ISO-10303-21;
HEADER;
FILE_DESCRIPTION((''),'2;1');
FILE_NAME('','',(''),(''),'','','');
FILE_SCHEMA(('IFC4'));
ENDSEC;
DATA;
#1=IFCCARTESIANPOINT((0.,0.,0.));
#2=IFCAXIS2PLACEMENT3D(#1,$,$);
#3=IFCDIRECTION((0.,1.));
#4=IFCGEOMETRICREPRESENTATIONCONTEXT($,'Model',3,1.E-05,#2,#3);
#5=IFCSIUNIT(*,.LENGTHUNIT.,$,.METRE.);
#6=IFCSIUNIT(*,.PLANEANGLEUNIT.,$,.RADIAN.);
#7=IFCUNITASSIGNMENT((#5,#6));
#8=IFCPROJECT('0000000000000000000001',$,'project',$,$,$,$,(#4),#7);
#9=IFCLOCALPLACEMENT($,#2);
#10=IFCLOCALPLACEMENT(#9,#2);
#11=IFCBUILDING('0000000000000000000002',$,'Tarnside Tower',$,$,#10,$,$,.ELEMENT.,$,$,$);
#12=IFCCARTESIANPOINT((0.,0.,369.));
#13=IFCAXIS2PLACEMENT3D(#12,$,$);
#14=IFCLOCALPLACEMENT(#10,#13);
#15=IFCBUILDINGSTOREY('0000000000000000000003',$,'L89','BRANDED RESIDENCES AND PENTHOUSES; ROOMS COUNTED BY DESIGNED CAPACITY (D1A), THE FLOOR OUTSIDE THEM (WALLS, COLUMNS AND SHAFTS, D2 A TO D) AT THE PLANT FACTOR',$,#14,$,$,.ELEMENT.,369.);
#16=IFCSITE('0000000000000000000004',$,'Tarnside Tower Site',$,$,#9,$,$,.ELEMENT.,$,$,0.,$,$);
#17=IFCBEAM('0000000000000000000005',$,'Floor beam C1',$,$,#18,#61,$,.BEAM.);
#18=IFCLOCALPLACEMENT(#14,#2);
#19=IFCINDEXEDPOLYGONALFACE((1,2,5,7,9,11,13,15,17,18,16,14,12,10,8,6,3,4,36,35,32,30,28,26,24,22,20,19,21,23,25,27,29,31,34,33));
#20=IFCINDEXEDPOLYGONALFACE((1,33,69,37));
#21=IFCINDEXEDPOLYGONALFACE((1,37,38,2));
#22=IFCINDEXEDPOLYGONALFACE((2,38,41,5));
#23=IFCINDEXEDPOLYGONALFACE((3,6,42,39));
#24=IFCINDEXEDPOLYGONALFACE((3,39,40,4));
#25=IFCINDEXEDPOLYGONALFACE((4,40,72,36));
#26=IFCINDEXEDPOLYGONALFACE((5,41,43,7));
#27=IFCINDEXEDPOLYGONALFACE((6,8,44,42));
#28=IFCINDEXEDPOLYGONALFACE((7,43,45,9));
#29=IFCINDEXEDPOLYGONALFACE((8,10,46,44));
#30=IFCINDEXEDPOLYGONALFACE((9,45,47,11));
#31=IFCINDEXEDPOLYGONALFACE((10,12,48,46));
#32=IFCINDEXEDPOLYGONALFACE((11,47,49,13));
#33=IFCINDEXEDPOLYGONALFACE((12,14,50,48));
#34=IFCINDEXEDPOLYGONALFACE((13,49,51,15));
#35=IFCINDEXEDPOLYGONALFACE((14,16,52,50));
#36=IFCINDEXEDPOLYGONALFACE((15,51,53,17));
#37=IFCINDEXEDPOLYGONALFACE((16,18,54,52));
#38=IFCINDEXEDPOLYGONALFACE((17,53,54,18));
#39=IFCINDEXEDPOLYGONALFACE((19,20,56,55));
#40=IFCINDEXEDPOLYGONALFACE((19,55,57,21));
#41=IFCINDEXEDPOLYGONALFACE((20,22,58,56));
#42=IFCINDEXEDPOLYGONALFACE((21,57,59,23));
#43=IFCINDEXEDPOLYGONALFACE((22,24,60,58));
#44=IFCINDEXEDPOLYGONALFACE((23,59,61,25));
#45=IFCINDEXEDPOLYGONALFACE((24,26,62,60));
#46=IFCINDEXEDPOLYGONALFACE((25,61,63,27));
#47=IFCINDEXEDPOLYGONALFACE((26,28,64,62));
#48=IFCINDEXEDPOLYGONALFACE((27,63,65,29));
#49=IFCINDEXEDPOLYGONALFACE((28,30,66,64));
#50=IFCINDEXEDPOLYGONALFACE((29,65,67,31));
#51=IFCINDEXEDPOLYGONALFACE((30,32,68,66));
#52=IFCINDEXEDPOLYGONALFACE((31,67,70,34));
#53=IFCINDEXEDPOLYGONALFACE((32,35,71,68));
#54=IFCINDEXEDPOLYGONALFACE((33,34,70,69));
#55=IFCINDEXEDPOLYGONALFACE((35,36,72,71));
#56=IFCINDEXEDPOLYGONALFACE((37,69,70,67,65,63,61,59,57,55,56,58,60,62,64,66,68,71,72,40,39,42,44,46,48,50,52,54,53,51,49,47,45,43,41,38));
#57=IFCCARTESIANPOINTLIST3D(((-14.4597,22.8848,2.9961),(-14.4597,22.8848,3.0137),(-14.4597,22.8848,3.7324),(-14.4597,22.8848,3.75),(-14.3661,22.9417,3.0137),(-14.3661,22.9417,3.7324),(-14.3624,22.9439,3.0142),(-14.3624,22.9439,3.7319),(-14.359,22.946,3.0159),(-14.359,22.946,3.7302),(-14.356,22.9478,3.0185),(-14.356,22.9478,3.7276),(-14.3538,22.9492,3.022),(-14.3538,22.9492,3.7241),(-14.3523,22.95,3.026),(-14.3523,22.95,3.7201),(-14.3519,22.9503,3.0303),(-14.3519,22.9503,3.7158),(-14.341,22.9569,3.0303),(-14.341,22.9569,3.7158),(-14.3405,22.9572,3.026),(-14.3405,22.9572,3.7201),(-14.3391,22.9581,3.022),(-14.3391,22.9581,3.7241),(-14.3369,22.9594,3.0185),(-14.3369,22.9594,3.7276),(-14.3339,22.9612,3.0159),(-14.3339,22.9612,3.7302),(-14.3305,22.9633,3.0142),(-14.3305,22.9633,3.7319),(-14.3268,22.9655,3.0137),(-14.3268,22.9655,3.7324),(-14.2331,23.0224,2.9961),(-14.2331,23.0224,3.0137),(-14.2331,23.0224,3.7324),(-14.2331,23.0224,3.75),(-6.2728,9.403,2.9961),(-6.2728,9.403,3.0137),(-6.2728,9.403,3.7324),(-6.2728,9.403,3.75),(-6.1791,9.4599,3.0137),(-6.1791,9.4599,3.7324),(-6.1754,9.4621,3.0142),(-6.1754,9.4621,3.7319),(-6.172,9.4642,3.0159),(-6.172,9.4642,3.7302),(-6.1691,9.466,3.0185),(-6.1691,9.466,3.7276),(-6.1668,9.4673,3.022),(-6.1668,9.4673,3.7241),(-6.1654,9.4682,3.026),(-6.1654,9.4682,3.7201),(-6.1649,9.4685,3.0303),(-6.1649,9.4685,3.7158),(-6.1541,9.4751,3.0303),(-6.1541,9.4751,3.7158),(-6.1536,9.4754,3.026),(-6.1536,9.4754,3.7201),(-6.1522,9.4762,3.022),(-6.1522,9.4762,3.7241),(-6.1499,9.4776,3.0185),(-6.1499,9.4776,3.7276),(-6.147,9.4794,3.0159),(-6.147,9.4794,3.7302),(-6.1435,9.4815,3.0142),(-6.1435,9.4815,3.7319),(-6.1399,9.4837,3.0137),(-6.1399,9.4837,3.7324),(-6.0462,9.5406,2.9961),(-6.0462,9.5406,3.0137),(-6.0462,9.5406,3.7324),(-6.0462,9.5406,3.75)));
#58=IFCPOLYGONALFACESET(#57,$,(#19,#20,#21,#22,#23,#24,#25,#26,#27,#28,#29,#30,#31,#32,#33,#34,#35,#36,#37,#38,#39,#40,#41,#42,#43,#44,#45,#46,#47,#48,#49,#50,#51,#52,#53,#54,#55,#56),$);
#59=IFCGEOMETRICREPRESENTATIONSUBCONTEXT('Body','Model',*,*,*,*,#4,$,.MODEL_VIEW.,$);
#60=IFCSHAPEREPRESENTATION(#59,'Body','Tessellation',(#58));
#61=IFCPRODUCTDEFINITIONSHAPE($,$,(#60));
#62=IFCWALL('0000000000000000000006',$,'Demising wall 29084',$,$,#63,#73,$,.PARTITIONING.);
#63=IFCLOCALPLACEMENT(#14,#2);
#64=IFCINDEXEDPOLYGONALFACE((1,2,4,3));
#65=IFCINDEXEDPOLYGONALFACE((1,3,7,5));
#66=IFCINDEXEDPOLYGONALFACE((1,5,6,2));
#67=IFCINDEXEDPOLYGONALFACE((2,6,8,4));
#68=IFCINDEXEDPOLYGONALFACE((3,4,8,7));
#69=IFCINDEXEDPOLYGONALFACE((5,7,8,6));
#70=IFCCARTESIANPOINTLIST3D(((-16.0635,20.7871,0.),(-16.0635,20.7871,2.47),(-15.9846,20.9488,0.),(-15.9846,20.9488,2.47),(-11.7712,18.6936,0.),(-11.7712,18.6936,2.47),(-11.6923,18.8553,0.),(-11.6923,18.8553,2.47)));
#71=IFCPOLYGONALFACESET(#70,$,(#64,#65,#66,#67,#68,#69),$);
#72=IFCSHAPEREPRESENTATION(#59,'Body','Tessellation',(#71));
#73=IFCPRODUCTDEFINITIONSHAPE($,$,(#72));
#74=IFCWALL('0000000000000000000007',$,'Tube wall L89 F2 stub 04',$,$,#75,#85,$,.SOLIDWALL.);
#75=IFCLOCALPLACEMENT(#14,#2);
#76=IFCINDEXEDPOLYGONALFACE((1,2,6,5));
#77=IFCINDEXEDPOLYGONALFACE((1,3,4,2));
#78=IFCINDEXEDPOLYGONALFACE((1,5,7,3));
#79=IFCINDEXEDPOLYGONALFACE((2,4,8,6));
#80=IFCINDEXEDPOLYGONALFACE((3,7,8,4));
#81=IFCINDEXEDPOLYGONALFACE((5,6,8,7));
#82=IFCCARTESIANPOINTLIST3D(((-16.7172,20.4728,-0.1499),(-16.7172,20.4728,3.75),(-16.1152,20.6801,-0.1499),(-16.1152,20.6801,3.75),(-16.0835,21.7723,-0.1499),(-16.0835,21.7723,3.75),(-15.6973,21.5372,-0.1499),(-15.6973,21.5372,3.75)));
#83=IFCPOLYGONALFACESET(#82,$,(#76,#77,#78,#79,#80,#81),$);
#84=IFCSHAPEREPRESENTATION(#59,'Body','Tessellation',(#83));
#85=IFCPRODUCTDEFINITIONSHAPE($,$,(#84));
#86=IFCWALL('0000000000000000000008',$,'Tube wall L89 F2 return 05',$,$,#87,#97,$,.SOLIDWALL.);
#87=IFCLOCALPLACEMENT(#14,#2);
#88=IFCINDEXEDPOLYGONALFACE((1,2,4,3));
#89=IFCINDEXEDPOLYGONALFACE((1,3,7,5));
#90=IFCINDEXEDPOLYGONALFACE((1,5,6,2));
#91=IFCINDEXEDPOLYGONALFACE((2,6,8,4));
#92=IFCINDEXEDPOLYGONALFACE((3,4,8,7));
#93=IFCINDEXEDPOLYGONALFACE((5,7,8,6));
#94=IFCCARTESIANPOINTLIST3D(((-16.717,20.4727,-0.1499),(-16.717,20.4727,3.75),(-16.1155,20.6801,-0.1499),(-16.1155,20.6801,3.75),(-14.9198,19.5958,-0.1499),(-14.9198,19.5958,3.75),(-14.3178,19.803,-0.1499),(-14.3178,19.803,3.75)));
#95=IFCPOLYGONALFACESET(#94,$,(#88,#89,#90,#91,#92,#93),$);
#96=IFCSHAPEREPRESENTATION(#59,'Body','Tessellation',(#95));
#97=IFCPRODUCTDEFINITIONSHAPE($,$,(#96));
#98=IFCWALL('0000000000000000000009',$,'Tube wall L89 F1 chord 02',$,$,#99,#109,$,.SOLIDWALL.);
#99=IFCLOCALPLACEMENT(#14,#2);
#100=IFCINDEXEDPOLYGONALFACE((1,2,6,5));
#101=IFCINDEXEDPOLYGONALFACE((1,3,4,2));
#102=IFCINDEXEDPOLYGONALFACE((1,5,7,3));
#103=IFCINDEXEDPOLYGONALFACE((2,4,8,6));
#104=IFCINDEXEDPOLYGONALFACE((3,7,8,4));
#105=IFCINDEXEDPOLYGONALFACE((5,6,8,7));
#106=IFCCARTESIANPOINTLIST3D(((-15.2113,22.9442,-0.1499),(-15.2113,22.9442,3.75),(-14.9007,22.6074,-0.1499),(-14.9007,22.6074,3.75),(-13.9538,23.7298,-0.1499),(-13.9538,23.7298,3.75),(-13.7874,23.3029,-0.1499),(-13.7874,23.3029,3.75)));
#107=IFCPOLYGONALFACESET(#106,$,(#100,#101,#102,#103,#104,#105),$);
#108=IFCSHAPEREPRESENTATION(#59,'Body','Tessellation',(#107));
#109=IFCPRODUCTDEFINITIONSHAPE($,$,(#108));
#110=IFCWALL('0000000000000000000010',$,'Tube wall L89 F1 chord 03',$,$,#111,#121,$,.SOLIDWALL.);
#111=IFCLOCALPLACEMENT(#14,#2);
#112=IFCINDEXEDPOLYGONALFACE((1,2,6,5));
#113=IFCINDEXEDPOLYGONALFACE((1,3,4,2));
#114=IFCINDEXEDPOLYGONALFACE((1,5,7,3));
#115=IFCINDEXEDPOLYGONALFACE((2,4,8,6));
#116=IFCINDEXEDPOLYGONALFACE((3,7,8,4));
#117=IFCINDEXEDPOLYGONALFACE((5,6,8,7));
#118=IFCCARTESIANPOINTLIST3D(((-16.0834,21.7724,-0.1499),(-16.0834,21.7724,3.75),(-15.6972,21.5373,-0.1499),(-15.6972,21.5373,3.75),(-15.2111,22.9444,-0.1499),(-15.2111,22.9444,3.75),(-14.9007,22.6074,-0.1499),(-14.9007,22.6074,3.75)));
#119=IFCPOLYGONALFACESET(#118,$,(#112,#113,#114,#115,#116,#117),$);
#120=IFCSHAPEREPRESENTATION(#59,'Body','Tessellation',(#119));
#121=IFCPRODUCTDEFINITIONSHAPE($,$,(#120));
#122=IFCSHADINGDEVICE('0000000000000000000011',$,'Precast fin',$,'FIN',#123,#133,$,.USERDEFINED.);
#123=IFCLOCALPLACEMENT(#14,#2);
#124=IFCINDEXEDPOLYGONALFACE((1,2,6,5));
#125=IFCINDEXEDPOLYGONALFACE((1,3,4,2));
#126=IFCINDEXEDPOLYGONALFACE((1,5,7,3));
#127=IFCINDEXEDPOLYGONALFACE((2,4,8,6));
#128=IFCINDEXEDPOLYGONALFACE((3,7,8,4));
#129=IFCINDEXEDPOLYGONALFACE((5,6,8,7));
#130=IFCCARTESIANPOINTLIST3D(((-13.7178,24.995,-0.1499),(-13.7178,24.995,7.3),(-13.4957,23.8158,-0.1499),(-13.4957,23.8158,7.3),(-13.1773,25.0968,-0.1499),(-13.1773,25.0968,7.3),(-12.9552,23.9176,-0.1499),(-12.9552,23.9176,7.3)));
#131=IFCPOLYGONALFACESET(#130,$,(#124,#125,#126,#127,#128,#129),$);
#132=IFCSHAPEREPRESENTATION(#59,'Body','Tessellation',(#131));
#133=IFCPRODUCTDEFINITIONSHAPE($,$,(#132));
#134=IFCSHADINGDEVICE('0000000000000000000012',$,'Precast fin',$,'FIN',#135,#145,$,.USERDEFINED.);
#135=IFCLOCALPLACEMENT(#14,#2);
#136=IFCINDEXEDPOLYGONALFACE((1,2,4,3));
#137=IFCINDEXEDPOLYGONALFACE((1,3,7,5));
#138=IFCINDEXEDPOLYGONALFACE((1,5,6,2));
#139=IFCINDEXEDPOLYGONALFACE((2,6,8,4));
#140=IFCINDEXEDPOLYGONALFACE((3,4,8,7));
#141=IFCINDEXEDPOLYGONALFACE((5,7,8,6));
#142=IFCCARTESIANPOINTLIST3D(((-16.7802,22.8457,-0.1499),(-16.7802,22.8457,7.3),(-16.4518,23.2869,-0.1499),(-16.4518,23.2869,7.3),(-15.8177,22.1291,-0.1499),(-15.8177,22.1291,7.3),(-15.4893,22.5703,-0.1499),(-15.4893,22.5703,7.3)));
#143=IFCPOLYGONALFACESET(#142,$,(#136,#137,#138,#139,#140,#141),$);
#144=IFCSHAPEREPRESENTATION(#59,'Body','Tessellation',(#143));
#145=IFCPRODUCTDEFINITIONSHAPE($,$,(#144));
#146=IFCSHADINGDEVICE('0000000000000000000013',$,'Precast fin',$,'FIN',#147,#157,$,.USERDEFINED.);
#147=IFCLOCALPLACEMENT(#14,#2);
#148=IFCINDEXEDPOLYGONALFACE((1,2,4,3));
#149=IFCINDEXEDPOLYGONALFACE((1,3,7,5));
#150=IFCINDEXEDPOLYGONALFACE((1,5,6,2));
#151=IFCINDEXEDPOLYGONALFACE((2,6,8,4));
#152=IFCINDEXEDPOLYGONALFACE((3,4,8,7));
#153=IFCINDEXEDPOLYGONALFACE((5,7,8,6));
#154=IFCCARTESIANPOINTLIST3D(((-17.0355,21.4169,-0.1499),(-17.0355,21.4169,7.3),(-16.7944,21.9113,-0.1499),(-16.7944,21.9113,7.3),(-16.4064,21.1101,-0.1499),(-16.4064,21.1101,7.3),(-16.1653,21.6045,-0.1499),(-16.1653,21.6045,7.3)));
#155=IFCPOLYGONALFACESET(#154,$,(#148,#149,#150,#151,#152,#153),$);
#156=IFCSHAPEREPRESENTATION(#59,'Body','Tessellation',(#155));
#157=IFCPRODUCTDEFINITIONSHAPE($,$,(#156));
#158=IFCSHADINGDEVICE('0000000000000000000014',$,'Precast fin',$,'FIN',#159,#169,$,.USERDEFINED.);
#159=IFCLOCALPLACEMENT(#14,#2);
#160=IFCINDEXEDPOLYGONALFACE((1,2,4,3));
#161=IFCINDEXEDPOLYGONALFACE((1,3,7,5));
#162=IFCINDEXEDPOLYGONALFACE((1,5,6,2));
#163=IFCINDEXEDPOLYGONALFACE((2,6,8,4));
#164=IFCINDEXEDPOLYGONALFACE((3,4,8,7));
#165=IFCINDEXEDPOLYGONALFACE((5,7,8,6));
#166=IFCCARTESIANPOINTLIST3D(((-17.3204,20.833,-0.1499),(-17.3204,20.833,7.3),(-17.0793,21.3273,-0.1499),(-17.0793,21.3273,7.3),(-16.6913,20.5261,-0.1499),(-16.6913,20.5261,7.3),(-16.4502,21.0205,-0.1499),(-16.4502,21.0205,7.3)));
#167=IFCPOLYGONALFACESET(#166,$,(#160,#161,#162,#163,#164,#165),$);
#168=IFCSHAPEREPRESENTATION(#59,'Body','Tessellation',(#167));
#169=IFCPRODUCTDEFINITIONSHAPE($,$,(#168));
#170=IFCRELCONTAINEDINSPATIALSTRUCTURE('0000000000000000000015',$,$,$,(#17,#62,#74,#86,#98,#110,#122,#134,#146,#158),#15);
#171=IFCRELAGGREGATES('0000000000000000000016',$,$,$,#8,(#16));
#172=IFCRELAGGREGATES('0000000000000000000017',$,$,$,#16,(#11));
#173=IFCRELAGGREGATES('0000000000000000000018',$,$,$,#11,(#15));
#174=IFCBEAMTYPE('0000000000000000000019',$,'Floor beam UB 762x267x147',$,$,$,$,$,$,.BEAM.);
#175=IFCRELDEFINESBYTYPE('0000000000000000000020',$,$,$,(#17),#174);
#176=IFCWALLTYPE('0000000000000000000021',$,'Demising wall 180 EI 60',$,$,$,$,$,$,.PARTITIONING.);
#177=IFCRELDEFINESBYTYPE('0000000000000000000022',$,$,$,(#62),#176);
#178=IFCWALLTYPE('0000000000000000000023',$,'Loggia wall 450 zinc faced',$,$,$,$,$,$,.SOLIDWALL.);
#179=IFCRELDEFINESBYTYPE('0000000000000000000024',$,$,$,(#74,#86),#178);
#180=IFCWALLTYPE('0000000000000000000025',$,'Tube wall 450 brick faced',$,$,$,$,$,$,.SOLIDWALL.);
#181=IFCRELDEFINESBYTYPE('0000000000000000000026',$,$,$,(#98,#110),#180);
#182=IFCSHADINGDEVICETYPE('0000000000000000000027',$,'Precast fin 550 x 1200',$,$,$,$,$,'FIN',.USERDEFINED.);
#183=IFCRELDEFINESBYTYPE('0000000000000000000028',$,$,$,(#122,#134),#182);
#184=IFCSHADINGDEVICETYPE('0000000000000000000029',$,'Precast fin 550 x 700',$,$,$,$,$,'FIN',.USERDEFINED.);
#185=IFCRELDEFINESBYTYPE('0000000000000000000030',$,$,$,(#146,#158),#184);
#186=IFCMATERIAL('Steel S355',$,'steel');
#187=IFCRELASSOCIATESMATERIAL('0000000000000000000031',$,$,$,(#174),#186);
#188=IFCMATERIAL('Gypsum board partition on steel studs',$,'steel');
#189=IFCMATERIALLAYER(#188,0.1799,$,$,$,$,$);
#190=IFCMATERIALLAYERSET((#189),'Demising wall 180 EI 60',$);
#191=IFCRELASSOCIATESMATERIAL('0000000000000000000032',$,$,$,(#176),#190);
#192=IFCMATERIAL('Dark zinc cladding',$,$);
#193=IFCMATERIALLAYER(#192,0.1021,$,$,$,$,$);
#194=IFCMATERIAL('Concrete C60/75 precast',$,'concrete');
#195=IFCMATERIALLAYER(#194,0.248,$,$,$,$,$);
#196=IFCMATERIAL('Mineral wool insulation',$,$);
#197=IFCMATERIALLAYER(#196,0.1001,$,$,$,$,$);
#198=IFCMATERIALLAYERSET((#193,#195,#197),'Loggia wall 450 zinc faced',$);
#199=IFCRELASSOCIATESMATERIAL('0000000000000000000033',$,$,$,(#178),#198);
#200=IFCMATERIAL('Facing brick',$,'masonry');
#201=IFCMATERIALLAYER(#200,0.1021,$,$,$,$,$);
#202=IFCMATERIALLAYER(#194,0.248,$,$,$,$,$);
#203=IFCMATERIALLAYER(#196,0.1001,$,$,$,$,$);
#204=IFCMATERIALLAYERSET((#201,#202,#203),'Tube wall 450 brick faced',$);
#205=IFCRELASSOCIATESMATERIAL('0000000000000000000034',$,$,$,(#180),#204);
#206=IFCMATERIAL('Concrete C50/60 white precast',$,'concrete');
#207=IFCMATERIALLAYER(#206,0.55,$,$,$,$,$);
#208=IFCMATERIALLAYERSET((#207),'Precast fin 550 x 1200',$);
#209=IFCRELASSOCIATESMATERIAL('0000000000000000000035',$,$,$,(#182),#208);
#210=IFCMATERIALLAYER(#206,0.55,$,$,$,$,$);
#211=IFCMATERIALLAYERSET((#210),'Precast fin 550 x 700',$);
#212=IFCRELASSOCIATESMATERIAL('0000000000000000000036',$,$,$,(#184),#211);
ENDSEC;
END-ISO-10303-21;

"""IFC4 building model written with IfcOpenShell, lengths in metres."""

from ifc_helpers import new_model, si_unit, direction, frame, frame_2d, origin, origin_2d, place, context, subcontext, project, spatial, polyline, rectangle, i_section, outline, extrude, material, layer, layer_set, material_profile, profile_set, type_object, element, save


model = new_model("IFC4")

# Units and contexts
model_context = context("Model", 3, precision=1e-05, world=origin(), true_north=direction((0.0, 1.0)))
body_context = subcontext(model_context, "Body", "Model", "MODEL_VIEW")
ifc_project = project(units=[si_unit("LENGTHUNIT", "METRE"), si_unit("PLANEANGLEUNIT", "RADIAN")], contexts=[model_context])

# Site, building, storey
site_placement = place(None, origin())
site = spatial("IfcSite", under=ifc_project, at=site_placement, Name="Tarnside Tower Site", CompositionType="ELEMENT", RefElevation=0.0)
building_placement = place(site_placement, origin())
building = spatial("IfcBuilding", under=site, at=building_placement, Name="Tarnside Tower", CompositionType="ELEMENT")
storey_placement = place(building_placement, frame((0.0, 0.0, 369.0)))
storey = spatial("IfcBuildingStorey", under=building, at=storey_placement, Name="L89", Description="BRANDED RESIDENCES AND PENTHOUSES; ROOMS COUNTED BY DESIGNED CAPACITY (D1A), THE FLOOR OUTSIDE THEM (WALLS, COLUMNS AND SHAFTS, D2 A TO D) AT THE PLANT FACTOR", CompositionType="ELEMENT", Elevation=369.0)

# Beam
ifc_material_1 = material(Name="Steel S355", Category="steel")
ifc_material_profile = material_profile(ifc_material_1, i_section(OverallWidth=0.2651, OverallDepth=0.7539, WebThickness=0.0127, FlangeThickness=0.0176, FilletRadius=0.0166, at=origin_2d()), Name="UB 762x267x147")
ifc_profile_set = profile_set([ifc_material_profile], Name="Steel S355")
beam_type = type_object("IfcBeamType", Name="Floor beam UB 762x267x147", PredefinedType="BEAM", material=ifc_profile_set)
beam_placement = place(storey_placement, frame((-14.3464, 22.9536, 3.373), z_axis=(0.51905, -0.854744, 0.0), x_axis=(0.854744, 0.51905, 0.0)))
element("IfcBeam", 1, at=beam_placement, inside=storey, type_object=beam_type, Name="Floor beam C1", PredefinedType="BEAM", context=body_context, shape_type="SweptSolid", body=[
    extrude(i_section(OverallWidth=0.2651, OverallDepth=0.7539, WebThickness=0.0127, FlangeThickness=0.0176, FilletRadius=0.0166, at=origin_2d()), origin(), (0.0, 0.0, 1.0), 15.7729),
])

# Walls
ifc_material_2 = material(Name="Gypsum board partition on steel studs", Category="steel")
ifc_layer_1 = layer(ifc_material_2, 0.1799)
ifc_layer_set_1 = layer_set([ifc_layer_1], Name="Demising wall 180 EI 60")
wall_type_1 = type_object("IfcWallType", Name="Demising wall 180 EI 60", PredefinedType="PARTITIONING", material=ifc_layer_set_1)
wall_1_placement = place(storey_placement, frame((-16.0239, 20.8679, 0.0), z_axis=(0.0, 0.0, 1.0), x_axis=(0.898791, -0.438378, 0.0)))
element("IfcWall", 2, at=wall_1_placement, inside=storey, type_object=wall_type_1, Name="Demising wall 29084", PredefinedType="PARTITIONING", context=body_context, shape_type="SweptSolid", body=[
    extrude(rectangle(XDim=4.7756, YDim=0.1799, at=frame_2d((2.3877, 0.0))), origin(), (0.0, 0.0, 1.0), 2.47),
])
ifc_material_3 = material(Name="Dark zinc cladding")
ifc_layer_2 = layer(ifc_material_3, 0.1021)
ifc_material_4 = material(Name="Concrete C60/75 precast", Category="concrete")
ifc_layer_3 = layer(ifc_material_4, 0.248)
ifc_material_5 = material(Name="Mineral wool insulation")
ifc_layer_4 = layer(ifc_material_5, 0.1001)
ifc_layer_set_2 = layer_set([ifc_layer_2, ifc_layer_3, ifc_layer_4], Name="Loggia wall 450 zinc faced")
wall_type_2 = type_object("IfcWallType", Name="Loggia wall 450 zinc faced", PredefinedType="SOLIDWALL", material=ifc_layer_set_2)
wall_2_placement = place(storey_placement, frame((-15.8904, 21.6548, -0.1499), z_axis=(0.0, 0.0, 1.0), x_axis=(-0.438319, -0.898819, 0.0)))
element("IfcWall", 3, at=wall_2_placement, inside=storey, type_object=wall_type_2, Name="Tube wall L89 F2 stub 04", PredefinedType="SOLIDWALL", context=body_context, shape_type="SweptSolid", body=[
    extrude(outline(polyline([(-0.021, -0.2251), (1.4248, -0.2251), (0.9746, 0.2251), (0.021, 0.2251), (-0.021, -0.2251)])), origin(), (0.0, 0.0, 1.0), 3.8999),
])
wall_3_placement = place(storey_placement, frame((-16.4163, 20.5764, -0.1499), z_axis=(0.0, 0.0, 1.0), x_axis=(0.898731, -0.438501, 0.0)))
element("IfcWall", 4, at=wall_3_placement, inside=storey, type_object=wall_type_2, Name="Tube wall L89 F2 return 05", PredefinedType="SOLIDWALL", context=body_context, shape_type="SweptSolid", body=[
    extrude(outline(polyline([(-0.2249, -0.2251), (1.7749, -0.2251), (2.2251, 0.2251), (0.2249, 0.2251), (-0.2249, -0.2251)])), origin(), (0.0, 0.0, 1.0), 3.8999),
])

# Walls
ifc_material_6 = material(Name="Facing brick", Category="masonry")
ifc_layer_5 = layer(ifc_material_6, 0.1021)
ifc_layer_6 = layer(ifc_material_4, 0.248)
ifc_layer_7 = layer(ifc_material_5, 0.1001)
ifc_layer_set_3 = layer_set([ifc_layer_5, ifc_layer_6, ifc_layer_7], Name="Tube wall 450 brick faced")
wall_type_3 = type_object("IfcWallType", Name="Tube wall 450 brick faced", PredefinedType="SOLIDWALL", material=ifc_layer_set_3)
wall_4_placement = place(storey_placement, frame((-13.8706, 23.5164, -0.1499), z_axis=(0.0, 0.0, 1.0), x_axis=(-0.848106, -0.529826, 0.0)))
element("IfcWall", 5, at=wall_4_placement, inside=storey, type_object=wall_type_3, Name="Tube wall L89 F1 chord 02", PredefinedType="SOLIDWALL", context=body_context, shape_type="SweptSolid", body=[
    extrude(outline(polyline([(-0.0425, -0.2251), (1.4402, -0.2251), (1.3552, 0.2251), (0.0425, 0.2251), (-0.0425, -0.2251)])), origin(), (0.0, 0.0, 1.0), 3.8999),
])
wall_5_placement = place(storey_placement, frame((-15.0559, 22.7759, -0.1499), z_axis=(0.0, 0.0, 1.0), x_axis=(-0.597089, -0.802175, 0.0)))
element("IfcWall", 6, at=wall_5_placement, inside=storey, type_object=wall_type_3, Name="Tube wall L89 F1 chord 03", PredefinedType="SOLIDWALL", context=body_context, shape_type="SweptSolid", body=[
    extrude(outline(polyline([(-0.0425, -0.2251), (1.4185, -0.2251), (1.3765, 0.2251), (0.0425, 0.2251), (-0.0425, -0.2251)])), origin(), (0.0, 0.0, 1.0), 3.8999),
])

# Shading devices
ifc_material_7 = material(Name="Concrete C50/60 white precast", Category="concrete")
ifc_layer_8 = layer(ifc_material_7, 0.55)
ifc_layer_set_4 = layer_set([ifc_layer_8], Name="Precast fin 550 x 1200")
shading_device_type_1 = type_object("IfcShadingDeviceType", Name="Precast fin 550 x 1200", ElementType="FIN", PredefinedType="USERDEFINED", material=ifc_layer_set_4)
for number, where, z_axis, x_axis, name in (
    (7, (-13.2256, 23.8667, -0.1499), (0.982721, 0.185095, 0.0), (-0.185095, 0.982721, 0.0), "Precast fin"),
    (8, (-15.6536, 22.3496, -0.1499), (0.597159, 0.802123, 0.0), (-0.802123, 0.597159, 0.0), "Precast fin"),
):
    element("IfcShadingDevice", number, at=place(storey_placement, frame(where, z_axis=z_axis, x_axis=x_axis)), inside=storey, type_object=shading_device_type_1, Name=name, ObjectType="FIN", PredefinedType="USERDEFINED", context=body_context, shape_type="SweptSolid", body=[
        extrude(outline(polyline([(0.0, 0.0), (1.2, 0.0), (1.2, 7.45), (0.0, 7.45), (0.0, 0.0)])), frame((0.0, 0.0, -0.2749)), (0.0, 0.0, 1.0), 0.55),
    ])
ifc_layer_9 = layer(ifc_material_7, 0.55)
ifc_layer_set_5 = layer_set([ifc_layer_9], Name="Precast fin 550 x 700")
shading_device_type_2 = type_object("IfcShadingDeviceType", Name="Precast fin 550 x 700", ElementType="FIN", PredefinedType="USERDEFINED", material=ifc_layer_set_5)
for number, where, z_axis, x_axis, name in (
    (9, (-16.2859, 21.3572, -0.1499), (0.438371, 0.898794, 0.0), (-0.898794, 0.438371, 0.0), "Precast fin"),
    (10, (-16.5708, 20.7732, -0.1499), (0.438371, 0.898794, 0.0), (-0.898794, 0.438371, 0.0), "Precast fin"),
):
    element("IfcShadingDevice", number, at=place(storey_placement, frame(where, z_axis=z_axis, x_axis=x_axis)), inside=storey, type_object=shading_device_type_2, Name=name, ObjectType="FIN", PredefinedType="USERDEFINED", context=body_context, shape_type="SweptSolid", body=[
        extrude(outline(polyline([(0.0, 0.0), (0.7, 0.0), (0.7, 7.45), (0.0, 7.45), (0.0, 0.0)])), frame((0.0, 0.0, -0.2749)), (0.0, 0.0, 1.0), 0.55),
    ])

save(model, "model.ifc")
